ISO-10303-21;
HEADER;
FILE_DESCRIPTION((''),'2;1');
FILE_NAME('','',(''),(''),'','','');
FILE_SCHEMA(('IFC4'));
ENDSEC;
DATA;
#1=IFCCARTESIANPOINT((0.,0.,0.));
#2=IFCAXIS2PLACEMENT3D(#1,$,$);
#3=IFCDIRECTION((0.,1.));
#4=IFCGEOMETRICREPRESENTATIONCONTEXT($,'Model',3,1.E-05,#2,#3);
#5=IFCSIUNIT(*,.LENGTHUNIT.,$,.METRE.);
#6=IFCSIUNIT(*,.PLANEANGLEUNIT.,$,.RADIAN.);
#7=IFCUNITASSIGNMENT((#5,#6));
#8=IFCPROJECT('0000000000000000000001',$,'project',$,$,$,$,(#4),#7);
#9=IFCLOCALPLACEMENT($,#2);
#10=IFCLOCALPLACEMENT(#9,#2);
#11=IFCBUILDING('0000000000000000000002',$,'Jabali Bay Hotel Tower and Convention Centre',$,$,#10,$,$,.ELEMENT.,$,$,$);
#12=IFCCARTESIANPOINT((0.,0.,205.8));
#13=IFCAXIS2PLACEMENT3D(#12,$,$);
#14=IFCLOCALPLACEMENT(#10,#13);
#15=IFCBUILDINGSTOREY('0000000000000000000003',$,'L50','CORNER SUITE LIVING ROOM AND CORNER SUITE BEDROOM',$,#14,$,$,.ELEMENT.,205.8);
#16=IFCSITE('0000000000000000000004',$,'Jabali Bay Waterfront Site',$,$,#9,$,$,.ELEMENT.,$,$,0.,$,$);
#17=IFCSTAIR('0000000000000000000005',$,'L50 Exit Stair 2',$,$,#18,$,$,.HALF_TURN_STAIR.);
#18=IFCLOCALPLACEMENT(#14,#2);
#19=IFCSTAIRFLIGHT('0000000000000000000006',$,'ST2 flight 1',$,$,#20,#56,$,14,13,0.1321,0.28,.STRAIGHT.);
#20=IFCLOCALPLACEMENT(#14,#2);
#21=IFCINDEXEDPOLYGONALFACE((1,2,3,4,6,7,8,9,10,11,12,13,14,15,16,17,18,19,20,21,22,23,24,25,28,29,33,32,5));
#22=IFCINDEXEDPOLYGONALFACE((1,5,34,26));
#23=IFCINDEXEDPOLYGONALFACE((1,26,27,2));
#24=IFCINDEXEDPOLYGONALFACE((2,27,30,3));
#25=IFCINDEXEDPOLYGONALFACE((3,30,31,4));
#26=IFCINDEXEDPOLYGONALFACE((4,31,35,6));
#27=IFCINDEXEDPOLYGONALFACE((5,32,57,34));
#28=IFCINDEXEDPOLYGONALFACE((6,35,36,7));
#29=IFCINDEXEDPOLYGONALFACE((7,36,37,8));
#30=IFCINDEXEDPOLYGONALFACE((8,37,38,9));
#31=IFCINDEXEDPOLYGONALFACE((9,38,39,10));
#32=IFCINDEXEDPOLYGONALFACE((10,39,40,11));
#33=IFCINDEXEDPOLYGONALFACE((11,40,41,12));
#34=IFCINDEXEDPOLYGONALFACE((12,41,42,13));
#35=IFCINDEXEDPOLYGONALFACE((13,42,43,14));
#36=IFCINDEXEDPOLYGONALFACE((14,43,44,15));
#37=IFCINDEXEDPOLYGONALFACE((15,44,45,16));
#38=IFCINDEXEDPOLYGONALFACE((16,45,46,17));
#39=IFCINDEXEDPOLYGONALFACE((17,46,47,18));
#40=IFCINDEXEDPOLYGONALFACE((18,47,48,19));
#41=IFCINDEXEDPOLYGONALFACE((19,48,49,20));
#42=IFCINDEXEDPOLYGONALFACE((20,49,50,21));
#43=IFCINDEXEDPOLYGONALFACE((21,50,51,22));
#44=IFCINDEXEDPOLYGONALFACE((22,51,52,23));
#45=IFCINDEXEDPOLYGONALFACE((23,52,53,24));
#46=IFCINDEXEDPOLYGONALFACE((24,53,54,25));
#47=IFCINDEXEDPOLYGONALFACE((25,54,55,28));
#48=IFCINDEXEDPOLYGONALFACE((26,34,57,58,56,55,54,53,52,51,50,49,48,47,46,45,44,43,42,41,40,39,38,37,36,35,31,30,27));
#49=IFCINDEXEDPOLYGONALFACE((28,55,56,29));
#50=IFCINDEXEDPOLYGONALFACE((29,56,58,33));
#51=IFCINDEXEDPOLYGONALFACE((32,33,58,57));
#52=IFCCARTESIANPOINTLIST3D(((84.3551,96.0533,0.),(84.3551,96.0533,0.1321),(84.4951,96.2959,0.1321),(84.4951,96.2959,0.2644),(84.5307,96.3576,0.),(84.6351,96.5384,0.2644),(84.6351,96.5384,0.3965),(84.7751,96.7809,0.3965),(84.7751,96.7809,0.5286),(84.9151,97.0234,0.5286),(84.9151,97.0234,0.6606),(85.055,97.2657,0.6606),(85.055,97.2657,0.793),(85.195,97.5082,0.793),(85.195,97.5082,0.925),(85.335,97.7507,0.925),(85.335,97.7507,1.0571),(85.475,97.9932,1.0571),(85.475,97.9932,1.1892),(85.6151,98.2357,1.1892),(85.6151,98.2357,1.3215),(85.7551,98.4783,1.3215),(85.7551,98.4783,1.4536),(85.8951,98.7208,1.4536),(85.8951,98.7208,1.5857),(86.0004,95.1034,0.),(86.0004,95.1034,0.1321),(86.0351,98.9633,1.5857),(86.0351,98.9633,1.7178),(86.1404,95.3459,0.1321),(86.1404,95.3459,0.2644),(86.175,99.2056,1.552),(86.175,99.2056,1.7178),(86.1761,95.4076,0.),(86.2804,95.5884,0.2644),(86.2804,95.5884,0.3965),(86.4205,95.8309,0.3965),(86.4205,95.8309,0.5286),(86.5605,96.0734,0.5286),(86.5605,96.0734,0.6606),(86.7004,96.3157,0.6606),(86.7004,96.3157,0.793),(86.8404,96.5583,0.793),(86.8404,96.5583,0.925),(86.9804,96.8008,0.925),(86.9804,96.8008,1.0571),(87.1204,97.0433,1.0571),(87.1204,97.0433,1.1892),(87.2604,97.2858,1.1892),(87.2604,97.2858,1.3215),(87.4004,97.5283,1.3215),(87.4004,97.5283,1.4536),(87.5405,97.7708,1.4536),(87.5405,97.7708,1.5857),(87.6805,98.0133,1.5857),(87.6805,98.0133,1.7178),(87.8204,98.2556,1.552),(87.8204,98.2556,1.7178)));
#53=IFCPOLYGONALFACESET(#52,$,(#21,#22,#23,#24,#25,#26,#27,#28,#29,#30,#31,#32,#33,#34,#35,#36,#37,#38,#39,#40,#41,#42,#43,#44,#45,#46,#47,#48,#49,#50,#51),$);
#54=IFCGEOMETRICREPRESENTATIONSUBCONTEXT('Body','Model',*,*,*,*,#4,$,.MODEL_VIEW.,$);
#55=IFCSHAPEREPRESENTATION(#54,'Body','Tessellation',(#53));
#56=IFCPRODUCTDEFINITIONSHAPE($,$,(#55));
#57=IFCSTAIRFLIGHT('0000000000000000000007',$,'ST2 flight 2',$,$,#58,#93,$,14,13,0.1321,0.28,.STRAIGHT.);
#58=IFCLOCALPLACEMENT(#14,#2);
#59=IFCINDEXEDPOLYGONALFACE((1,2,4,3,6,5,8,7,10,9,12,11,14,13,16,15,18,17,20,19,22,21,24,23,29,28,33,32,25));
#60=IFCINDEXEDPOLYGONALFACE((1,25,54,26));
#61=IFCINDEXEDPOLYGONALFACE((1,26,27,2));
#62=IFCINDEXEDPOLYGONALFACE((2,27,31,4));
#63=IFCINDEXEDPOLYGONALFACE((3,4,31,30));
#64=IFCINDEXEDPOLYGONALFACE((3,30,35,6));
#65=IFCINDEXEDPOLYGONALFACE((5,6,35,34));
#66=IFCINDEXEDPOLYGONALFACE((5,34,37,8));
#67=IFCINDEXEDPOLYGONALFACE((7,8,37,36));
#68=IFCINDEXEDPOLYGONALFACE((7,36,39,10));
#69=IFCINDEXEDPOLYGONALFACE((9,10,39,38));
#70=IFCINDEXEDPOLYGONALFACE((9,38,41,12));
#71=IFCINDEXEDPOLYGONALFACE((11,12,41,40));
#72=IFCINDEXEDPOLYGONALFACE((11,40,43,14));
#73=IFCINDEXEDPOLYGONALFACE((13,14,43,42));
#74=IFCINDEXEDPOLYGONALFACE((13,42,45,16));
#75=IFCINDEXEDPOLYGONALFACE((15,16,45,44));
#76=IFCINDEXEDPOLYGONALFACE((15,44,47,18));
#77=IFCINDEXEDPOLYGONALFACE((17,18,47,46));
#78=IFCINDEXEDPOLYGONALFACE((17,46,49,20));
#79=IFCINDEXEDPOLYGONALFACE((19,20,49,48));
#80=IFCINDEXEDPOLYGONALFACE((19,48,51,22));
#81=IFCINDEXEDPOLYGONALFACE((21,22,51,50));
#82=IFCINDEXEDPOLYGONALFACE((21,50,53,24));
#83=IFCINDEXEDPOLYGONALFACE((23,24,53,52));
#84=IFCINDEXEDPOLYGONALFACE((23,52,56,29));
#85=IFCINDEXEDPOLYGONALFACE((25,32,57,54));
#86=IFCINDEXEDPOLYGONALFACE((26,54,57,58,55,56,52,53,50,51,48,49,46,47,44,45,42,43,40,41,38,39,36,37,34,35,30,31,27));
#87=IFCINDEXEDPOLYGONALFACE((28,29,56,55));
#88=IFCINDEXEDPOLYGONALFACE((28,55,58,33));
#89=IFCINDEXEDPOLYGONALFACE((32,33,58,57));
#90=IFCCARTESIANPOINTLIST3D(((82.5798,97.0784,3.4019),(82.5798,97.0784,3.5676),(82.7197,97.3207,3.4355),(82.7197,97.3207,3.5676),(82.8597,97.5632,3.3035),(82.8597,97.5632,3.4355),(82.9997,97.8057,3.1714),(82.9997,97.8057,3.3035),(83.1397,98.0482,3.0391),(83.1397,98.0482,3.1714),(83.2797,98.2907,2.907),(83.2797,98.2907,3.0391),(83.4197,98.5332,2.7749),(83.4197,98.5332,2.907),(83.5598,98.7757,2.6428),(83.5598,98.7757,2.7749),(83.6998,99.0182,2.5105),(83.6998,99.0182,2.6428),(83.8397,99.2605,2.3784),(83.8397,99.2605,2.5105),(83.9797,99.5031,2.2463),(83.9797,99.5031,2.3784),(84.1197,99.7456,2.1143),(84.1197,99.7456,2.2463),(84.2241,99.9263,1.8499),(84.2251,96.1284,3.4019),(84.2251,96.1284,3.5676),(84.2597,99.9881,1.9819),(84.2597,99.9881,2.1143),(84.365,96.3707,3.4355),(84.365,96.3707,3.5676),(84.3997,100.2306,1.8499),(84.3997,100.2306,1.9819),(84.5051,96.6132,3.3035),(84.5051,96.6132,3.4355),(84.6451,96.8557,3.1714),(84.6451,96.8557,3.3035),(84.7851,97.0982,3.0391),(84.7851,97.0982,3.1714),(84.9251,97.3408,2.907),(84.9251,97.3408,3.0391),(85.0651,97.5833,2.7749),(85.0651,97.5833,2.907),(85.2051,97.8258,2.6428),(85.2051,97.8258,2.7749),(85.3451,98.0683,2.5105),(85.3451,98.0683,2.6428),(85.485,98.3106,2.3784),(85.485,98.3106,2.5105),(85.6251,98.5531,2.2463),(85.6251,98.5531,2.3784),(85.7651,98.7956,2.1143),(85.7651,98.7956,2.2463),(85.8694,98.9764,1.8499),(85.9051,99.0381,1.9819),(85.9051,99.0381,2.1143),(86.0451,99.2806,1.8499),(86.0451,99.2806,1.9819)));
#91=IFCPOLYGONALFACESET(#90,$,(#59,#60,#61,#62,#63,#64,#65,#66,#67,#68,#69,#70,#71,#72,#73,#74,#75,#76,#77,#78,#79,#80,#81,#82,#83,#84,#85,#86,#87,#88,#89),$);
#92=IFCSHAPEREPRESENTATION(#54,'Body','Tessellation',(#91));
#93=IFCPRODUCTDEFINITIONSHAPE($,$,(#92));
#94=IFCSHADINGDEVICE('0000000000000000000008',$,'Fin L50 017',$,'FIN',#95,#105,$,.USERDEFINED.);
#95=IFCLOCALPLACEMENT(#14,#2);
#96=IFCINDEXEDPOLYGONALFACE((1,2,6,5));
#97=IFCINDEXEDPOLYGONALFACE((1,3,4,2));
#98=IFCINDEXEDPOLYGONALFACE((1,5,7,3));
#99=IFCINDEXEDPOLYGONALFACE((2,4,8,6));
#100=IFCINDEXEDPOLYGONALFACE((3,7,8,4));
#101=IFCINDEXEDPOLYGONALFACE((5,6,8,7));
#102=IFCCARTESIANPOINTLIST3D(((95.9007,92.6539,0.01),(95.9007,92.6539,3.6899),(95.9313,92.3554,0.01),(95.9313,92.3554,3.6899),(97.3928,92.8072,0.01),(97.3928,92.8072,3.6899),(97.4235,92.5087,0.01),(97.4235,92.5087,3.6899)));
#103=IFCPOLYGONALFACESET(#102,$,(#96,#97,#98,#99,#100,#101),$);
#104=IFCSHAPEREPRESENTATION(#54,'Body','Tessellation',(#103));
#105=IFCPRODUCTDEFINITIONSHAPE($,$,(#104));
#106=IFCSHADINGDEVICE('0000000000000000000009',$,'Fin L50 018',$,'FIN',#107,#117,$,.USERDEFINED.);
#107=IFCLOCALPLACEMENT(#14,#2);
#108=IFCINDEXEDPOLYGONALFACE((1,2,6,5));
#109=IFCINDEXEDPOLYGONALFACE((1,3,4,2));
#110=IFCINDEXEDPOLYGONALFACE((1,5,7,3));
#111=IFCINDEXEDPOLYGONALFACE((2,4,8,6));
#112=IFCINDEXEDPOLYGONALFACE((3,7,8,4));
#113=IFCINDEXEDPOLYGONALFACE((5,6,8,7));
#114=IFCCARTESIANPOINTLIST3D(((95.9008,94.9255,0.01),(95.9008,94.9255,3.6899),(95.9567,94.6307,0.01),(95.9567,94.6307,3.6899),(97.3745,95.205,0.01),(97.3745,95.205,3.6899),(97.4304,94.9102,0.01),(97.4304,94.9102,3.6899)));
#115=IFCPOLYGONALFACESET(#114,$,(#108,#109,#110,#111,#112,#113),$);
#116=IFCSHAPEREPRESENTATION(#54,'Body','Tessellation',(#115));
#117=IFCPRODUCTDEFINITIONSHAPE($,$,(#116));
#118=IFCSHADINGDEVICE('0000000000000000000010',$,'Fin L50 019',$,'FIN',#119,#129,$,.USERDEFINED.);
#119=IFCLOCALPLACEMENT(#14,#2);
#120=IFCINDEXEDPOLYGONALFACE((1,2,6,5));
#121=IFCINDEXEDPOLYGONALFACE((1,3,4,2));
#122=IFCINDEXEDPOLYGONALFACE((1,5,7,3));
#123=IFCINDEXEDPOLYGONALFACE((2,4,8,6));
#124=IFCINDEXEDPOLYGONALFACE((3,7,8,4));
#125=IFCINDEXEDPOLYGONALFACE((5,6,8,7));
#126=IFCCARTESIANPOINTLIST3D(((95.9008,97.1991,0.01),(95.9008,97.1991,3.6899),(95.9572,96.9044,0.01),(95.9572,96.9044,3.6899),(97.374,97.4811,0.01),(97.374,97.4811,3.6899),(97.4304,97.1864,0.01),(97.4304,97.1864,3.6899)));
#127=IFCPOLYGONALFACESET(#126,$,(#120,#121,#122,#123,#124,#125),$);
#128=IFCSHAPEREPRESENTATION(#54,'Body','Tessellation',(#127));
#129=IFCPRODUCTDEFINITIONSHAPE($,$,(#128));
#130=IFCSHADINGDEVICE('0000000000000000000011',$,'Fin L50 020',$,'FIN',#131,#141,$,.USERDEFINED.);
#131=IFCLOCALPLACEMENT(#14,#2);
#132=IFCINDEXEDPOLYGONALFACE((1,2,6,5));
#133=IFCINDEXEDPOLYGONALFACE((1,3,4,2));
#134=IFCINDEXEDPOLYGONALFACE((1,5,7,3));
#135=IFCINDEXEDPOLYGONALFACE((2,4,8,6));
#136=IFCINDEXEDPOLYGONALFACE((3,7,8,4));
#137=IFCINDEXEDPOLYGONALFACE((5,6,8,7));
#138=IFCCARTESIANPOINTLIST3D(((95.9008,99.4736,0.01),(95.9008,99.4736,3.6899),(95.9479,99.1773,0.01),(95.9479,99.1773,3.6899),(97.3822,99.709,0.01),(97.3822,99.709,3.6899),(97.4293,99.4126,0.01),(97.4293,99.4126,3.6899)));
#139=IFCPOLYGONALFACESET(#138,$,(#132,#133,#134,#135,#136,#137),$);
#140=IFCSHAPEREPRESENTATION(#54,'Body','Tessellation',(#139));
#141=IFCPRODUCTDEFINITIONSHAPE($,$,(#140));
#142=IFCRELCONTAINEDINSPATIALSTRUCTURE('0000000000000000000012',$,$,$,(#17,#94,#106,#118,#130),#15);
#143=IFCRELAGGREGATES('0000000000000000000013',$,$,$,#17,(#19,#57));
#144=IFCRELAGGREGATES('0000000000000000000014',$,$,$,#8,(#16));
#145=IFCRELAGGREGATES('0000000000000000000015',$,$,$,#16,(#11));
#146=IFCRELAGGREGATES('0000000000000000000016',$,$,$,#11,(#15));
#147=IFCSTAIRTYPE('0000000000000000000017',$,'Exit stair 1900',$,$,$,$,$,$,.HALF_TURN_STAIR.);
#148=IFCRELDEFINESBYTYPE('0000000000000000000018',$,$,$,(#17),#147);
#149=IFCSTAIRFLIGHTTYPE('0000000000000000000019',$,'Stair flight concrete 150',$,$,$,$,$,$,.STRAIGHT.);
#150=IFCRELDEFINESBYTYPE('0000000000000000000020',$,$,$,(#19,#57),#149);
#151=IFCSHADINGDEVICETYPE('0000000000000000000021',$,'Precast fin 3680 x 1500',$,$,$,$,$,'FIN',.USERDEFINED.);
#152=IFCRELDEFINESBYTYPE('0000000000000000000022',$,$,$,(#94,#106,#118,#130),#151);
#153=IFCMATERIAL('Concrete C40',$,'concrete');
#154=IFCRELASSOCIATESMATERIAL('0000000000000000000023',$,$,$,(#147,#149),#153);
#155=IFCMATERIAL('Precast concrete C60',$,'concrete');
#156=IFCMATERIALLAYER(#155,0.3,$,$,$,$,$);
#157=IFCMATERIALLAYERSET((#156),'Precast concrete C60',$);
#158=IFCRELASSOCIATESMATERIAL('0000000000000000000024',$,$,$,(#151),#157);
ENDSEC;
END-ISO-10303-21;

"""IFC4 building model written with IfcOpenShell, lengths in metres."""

from ifc_helpers import new_model, si_unit, direction, frame, frame_2d, origin, place, context, subcontext, project, spatial, polyline, rectangle, outline, extrude, material, layer, layer_set, type_object, element, aggregate, save


model = new_model("IFC4")

# Units and contexts
model_context = context("Model", 3, precision=1e-05, world=origin(), true_north=direction((0.0, 1.0)))
body_context = subcontext(model_context, "Body", "Model", "MODEL_VIEW")
ifc_project = project(units=[si_unit("LENGTHUNIT", "METRE"), si_unit("PLANEANGLEUNIT", "RADIAN")], contexts=[model_context])

# Site, building, storey
site_placement = place(None, origin())
site = spatial("IfcSite", under=ifc_project, at=site_placement, Name="Jabali Bay Waterfront Site", CompositionType="ELEMENT", RefElevation=0.0)
building_placement = place(site_placement, origin())
building = spatial("IfcBuilding", under=site, at=building_placement, Name="Jabali Bay Hotel Tower and Convention Centre", CompositionType="ELEMENT")
storey_placement = place(building_placement, frame((0.0, 0.0, 205.8)))
storey = spatial("IfcBuildingStorey", under=building, at=storey_placement, Name="L50", Description="CORNER SUITE LIVING ROOM AND CORNER SUITE BEDROOM", CompositionType="ELEMENT", Elevation=205.8)

# Shared definitions
ifc_material_1 = material(Name="Concrete C40", Category="concrete")

# Stair, stair flights
stair_type = type_object("IfcStairType", Name="Exit stair 1900", PredefinedType="HALF_TURN_STAIR", material=ifc_material_1)
stair_placement = place(storey_placement, origin())
stair = element("IfcStair", 1, at=stair_placement, inside=storey, type_object=stair_type, Name="L50 Exit Stair 2", PredefinedType="HALF_TURN_STAIR")
stair_flight_type = type_object("IfcStairFlightType", Name="Stair flight concrete 150", PredefinedType="STRAIGHT", material=ifc_material_1)
stair_flight_1_placement = place(storey_placement, frame((85.1777, 95.5784, 0.0), z_axis=(0.0, 0.0, 1.0), x_axis=(0.5, 0.866025, 0.0)))
stair_flight_1 = element("IfcStairFlight", 2, at=stair_flight_1_placement, type_object=stair_flight_type, Name="ST2 flight 1", NumberOfRisers=14, NumberOfTreads=13, PredefinedType="STRAIGHT", RiserHeight=0.1321, TreadLength=0.28, context=body_context, shape_type="SweptSolid", body=[
    extrude(outline(polyline([(0.0, 0.0), (0.0, 0.1321), (0.28, 0.1321), (0.28, 0.2644), (0.5601, 0.2644), (0.5601, 0.3965), (0.8401, 0.3965), (0.8401, 0.5286), (1.1201, 0.5286), (1.1201, 0.6606), (1.3999, 0.6606), (1.3999, 0.793), (1.6799, 0.793), (1.6799, 0.925), (1.96, 0.925), (1.96, 1.0571), (2.24, 1.0571), (2.24, 1.1892), (2.52, 1.1892), (2.52, 1.3215), (2.8, 1.3215), (2.8, 1.4536), (3.0801, 1.4536), (3.0801, 1.5857), (3.3601, 1.5857), (3.3601, 1.7178), (3.6399, 1.7178), (3.6399, 1.8501), (3.6399, 1.552), (0.3513, 0.0), (0.0, 0.0)])), frame((0.0, 0.95, 0.0), z_axis=(0.0, -1.0, 0.0), x_axis=(1.0, 0.0, 0.0)), (0.0, 0.0, 1.0), 1.8999),
])
stair_flight_2_placement = place(storey_placement, frame((85.2224, 99.7556, 1.8499), z_axis=(0.0, 0.0, 1.0), x_axis=(-0.5, -0.866025, 0.0)))
stair_flight_2 = element("IfcStairFlight", 3, at=stair_flight_2_placement, type_object=stair_flight_type, Name="ST2 flight 2", NumberOfRisers=14, NumberOfTreads=13, PredefinedType="STRAIGHT", RiserHeight=0.1321, TreadLength=0.28, context=body_context, shape_type="SweptSolid", body=[
    extrude(outline(polyline([(0.0, 0.0), (0.0, 0.1321), (0.28, 0.1321), (0.28, 0.2644), (0.5601, 0.2644), (0.5601, 0.3965), (0.8401, 0.3965), (0.8401, 0.5286), (1.1201, 0.5286), (1.1201, 0.6606), (1.3999, 0.6606), (1.3999, 0.793), (1.6799, 0.793), (1.6799, 0.925), (1.96, 0.925), (1.96, 1.0571), (2.24, 1.0571), (2.24, 1.1892), (2.52, 1.1892), (2.52, 1.3215), (2.8, 1.3215), (2.8, 1.4536), (3.0801, 1.4536), (3.0801, 1.5857), (3.3601, 1.5857), (3.3601, 1.7178), (3.6399, 1.7178), (3.6399, 1.8501), (3.6399, 1.552), (0.3513, 0.0), (0.0, 0.0)])), frame((0.0, 0.95, 0.0), z_axis=(0.0, -1.0, 0.0), x_axis=(1.0, 0.0, 0.0)), (0.0, 0.0, 1.0), 1.8999),
])
aggregate(stair, [stair_flight_1, stair_flight_2])

# Shading devices
ifc_material_2 = material(Name="Precast concrete C60", Category="concrete")
ifc_layer_1 = layer(ifc_material_2, 0.3)
ifc_layer_set_1 = layer_set([ifc_layer_1], Name="Precast concrete C60")
shading_device_type = type_object("IfcShadingDeviceType", Name="Precast fin 3680 x 1500", ElementType="FIN", PredefinedType="USERDEFINED", material=ifc_layer_set_1)
for number, where, z_axis, x_axis, name in (
    (4, (95.916, 92.5046, 0.01), (0.0, 0.0, 1.0), (0.994763, 0.102211, 0.0), "Fin L50 017"),
    (5, (95.9287, 94.7781, 0.01), (0.0, 0.0, 1.0), (0.982479, 0.186372, 0.0), "Fin L50 018"),
    (6, (95.929, 97.0518, 0.01), (0.0, 0.0, 1.0), (0.982169, 0.188002, 0.0), "Fin L50 019"),
    (7, (95.9243, 99.3254, 0.01), (0.0, 0.0, 1.0), (0.987615, 0.156899, 0.0), "Fin L50 020"),
):
    element("IfcShadingDevice", number, at=place(storey_placement, frame(where, z_axis=z_axis, x_axis=x_axis)), inside=storey, type_object=shading_device_type, Name=name, ObjectType="FIN", PredefinedType="USERDEFINED", context=body_context, shape_type="SweptSolid", body=[
        extrude(rectangle(XDim=1.5, YDim=0.3, at=frame_2d((0.75, 0.0))), origin(), (0.0, 0.0, 1.0), 3.6799),
    ])

save(model, "model.ifc")
